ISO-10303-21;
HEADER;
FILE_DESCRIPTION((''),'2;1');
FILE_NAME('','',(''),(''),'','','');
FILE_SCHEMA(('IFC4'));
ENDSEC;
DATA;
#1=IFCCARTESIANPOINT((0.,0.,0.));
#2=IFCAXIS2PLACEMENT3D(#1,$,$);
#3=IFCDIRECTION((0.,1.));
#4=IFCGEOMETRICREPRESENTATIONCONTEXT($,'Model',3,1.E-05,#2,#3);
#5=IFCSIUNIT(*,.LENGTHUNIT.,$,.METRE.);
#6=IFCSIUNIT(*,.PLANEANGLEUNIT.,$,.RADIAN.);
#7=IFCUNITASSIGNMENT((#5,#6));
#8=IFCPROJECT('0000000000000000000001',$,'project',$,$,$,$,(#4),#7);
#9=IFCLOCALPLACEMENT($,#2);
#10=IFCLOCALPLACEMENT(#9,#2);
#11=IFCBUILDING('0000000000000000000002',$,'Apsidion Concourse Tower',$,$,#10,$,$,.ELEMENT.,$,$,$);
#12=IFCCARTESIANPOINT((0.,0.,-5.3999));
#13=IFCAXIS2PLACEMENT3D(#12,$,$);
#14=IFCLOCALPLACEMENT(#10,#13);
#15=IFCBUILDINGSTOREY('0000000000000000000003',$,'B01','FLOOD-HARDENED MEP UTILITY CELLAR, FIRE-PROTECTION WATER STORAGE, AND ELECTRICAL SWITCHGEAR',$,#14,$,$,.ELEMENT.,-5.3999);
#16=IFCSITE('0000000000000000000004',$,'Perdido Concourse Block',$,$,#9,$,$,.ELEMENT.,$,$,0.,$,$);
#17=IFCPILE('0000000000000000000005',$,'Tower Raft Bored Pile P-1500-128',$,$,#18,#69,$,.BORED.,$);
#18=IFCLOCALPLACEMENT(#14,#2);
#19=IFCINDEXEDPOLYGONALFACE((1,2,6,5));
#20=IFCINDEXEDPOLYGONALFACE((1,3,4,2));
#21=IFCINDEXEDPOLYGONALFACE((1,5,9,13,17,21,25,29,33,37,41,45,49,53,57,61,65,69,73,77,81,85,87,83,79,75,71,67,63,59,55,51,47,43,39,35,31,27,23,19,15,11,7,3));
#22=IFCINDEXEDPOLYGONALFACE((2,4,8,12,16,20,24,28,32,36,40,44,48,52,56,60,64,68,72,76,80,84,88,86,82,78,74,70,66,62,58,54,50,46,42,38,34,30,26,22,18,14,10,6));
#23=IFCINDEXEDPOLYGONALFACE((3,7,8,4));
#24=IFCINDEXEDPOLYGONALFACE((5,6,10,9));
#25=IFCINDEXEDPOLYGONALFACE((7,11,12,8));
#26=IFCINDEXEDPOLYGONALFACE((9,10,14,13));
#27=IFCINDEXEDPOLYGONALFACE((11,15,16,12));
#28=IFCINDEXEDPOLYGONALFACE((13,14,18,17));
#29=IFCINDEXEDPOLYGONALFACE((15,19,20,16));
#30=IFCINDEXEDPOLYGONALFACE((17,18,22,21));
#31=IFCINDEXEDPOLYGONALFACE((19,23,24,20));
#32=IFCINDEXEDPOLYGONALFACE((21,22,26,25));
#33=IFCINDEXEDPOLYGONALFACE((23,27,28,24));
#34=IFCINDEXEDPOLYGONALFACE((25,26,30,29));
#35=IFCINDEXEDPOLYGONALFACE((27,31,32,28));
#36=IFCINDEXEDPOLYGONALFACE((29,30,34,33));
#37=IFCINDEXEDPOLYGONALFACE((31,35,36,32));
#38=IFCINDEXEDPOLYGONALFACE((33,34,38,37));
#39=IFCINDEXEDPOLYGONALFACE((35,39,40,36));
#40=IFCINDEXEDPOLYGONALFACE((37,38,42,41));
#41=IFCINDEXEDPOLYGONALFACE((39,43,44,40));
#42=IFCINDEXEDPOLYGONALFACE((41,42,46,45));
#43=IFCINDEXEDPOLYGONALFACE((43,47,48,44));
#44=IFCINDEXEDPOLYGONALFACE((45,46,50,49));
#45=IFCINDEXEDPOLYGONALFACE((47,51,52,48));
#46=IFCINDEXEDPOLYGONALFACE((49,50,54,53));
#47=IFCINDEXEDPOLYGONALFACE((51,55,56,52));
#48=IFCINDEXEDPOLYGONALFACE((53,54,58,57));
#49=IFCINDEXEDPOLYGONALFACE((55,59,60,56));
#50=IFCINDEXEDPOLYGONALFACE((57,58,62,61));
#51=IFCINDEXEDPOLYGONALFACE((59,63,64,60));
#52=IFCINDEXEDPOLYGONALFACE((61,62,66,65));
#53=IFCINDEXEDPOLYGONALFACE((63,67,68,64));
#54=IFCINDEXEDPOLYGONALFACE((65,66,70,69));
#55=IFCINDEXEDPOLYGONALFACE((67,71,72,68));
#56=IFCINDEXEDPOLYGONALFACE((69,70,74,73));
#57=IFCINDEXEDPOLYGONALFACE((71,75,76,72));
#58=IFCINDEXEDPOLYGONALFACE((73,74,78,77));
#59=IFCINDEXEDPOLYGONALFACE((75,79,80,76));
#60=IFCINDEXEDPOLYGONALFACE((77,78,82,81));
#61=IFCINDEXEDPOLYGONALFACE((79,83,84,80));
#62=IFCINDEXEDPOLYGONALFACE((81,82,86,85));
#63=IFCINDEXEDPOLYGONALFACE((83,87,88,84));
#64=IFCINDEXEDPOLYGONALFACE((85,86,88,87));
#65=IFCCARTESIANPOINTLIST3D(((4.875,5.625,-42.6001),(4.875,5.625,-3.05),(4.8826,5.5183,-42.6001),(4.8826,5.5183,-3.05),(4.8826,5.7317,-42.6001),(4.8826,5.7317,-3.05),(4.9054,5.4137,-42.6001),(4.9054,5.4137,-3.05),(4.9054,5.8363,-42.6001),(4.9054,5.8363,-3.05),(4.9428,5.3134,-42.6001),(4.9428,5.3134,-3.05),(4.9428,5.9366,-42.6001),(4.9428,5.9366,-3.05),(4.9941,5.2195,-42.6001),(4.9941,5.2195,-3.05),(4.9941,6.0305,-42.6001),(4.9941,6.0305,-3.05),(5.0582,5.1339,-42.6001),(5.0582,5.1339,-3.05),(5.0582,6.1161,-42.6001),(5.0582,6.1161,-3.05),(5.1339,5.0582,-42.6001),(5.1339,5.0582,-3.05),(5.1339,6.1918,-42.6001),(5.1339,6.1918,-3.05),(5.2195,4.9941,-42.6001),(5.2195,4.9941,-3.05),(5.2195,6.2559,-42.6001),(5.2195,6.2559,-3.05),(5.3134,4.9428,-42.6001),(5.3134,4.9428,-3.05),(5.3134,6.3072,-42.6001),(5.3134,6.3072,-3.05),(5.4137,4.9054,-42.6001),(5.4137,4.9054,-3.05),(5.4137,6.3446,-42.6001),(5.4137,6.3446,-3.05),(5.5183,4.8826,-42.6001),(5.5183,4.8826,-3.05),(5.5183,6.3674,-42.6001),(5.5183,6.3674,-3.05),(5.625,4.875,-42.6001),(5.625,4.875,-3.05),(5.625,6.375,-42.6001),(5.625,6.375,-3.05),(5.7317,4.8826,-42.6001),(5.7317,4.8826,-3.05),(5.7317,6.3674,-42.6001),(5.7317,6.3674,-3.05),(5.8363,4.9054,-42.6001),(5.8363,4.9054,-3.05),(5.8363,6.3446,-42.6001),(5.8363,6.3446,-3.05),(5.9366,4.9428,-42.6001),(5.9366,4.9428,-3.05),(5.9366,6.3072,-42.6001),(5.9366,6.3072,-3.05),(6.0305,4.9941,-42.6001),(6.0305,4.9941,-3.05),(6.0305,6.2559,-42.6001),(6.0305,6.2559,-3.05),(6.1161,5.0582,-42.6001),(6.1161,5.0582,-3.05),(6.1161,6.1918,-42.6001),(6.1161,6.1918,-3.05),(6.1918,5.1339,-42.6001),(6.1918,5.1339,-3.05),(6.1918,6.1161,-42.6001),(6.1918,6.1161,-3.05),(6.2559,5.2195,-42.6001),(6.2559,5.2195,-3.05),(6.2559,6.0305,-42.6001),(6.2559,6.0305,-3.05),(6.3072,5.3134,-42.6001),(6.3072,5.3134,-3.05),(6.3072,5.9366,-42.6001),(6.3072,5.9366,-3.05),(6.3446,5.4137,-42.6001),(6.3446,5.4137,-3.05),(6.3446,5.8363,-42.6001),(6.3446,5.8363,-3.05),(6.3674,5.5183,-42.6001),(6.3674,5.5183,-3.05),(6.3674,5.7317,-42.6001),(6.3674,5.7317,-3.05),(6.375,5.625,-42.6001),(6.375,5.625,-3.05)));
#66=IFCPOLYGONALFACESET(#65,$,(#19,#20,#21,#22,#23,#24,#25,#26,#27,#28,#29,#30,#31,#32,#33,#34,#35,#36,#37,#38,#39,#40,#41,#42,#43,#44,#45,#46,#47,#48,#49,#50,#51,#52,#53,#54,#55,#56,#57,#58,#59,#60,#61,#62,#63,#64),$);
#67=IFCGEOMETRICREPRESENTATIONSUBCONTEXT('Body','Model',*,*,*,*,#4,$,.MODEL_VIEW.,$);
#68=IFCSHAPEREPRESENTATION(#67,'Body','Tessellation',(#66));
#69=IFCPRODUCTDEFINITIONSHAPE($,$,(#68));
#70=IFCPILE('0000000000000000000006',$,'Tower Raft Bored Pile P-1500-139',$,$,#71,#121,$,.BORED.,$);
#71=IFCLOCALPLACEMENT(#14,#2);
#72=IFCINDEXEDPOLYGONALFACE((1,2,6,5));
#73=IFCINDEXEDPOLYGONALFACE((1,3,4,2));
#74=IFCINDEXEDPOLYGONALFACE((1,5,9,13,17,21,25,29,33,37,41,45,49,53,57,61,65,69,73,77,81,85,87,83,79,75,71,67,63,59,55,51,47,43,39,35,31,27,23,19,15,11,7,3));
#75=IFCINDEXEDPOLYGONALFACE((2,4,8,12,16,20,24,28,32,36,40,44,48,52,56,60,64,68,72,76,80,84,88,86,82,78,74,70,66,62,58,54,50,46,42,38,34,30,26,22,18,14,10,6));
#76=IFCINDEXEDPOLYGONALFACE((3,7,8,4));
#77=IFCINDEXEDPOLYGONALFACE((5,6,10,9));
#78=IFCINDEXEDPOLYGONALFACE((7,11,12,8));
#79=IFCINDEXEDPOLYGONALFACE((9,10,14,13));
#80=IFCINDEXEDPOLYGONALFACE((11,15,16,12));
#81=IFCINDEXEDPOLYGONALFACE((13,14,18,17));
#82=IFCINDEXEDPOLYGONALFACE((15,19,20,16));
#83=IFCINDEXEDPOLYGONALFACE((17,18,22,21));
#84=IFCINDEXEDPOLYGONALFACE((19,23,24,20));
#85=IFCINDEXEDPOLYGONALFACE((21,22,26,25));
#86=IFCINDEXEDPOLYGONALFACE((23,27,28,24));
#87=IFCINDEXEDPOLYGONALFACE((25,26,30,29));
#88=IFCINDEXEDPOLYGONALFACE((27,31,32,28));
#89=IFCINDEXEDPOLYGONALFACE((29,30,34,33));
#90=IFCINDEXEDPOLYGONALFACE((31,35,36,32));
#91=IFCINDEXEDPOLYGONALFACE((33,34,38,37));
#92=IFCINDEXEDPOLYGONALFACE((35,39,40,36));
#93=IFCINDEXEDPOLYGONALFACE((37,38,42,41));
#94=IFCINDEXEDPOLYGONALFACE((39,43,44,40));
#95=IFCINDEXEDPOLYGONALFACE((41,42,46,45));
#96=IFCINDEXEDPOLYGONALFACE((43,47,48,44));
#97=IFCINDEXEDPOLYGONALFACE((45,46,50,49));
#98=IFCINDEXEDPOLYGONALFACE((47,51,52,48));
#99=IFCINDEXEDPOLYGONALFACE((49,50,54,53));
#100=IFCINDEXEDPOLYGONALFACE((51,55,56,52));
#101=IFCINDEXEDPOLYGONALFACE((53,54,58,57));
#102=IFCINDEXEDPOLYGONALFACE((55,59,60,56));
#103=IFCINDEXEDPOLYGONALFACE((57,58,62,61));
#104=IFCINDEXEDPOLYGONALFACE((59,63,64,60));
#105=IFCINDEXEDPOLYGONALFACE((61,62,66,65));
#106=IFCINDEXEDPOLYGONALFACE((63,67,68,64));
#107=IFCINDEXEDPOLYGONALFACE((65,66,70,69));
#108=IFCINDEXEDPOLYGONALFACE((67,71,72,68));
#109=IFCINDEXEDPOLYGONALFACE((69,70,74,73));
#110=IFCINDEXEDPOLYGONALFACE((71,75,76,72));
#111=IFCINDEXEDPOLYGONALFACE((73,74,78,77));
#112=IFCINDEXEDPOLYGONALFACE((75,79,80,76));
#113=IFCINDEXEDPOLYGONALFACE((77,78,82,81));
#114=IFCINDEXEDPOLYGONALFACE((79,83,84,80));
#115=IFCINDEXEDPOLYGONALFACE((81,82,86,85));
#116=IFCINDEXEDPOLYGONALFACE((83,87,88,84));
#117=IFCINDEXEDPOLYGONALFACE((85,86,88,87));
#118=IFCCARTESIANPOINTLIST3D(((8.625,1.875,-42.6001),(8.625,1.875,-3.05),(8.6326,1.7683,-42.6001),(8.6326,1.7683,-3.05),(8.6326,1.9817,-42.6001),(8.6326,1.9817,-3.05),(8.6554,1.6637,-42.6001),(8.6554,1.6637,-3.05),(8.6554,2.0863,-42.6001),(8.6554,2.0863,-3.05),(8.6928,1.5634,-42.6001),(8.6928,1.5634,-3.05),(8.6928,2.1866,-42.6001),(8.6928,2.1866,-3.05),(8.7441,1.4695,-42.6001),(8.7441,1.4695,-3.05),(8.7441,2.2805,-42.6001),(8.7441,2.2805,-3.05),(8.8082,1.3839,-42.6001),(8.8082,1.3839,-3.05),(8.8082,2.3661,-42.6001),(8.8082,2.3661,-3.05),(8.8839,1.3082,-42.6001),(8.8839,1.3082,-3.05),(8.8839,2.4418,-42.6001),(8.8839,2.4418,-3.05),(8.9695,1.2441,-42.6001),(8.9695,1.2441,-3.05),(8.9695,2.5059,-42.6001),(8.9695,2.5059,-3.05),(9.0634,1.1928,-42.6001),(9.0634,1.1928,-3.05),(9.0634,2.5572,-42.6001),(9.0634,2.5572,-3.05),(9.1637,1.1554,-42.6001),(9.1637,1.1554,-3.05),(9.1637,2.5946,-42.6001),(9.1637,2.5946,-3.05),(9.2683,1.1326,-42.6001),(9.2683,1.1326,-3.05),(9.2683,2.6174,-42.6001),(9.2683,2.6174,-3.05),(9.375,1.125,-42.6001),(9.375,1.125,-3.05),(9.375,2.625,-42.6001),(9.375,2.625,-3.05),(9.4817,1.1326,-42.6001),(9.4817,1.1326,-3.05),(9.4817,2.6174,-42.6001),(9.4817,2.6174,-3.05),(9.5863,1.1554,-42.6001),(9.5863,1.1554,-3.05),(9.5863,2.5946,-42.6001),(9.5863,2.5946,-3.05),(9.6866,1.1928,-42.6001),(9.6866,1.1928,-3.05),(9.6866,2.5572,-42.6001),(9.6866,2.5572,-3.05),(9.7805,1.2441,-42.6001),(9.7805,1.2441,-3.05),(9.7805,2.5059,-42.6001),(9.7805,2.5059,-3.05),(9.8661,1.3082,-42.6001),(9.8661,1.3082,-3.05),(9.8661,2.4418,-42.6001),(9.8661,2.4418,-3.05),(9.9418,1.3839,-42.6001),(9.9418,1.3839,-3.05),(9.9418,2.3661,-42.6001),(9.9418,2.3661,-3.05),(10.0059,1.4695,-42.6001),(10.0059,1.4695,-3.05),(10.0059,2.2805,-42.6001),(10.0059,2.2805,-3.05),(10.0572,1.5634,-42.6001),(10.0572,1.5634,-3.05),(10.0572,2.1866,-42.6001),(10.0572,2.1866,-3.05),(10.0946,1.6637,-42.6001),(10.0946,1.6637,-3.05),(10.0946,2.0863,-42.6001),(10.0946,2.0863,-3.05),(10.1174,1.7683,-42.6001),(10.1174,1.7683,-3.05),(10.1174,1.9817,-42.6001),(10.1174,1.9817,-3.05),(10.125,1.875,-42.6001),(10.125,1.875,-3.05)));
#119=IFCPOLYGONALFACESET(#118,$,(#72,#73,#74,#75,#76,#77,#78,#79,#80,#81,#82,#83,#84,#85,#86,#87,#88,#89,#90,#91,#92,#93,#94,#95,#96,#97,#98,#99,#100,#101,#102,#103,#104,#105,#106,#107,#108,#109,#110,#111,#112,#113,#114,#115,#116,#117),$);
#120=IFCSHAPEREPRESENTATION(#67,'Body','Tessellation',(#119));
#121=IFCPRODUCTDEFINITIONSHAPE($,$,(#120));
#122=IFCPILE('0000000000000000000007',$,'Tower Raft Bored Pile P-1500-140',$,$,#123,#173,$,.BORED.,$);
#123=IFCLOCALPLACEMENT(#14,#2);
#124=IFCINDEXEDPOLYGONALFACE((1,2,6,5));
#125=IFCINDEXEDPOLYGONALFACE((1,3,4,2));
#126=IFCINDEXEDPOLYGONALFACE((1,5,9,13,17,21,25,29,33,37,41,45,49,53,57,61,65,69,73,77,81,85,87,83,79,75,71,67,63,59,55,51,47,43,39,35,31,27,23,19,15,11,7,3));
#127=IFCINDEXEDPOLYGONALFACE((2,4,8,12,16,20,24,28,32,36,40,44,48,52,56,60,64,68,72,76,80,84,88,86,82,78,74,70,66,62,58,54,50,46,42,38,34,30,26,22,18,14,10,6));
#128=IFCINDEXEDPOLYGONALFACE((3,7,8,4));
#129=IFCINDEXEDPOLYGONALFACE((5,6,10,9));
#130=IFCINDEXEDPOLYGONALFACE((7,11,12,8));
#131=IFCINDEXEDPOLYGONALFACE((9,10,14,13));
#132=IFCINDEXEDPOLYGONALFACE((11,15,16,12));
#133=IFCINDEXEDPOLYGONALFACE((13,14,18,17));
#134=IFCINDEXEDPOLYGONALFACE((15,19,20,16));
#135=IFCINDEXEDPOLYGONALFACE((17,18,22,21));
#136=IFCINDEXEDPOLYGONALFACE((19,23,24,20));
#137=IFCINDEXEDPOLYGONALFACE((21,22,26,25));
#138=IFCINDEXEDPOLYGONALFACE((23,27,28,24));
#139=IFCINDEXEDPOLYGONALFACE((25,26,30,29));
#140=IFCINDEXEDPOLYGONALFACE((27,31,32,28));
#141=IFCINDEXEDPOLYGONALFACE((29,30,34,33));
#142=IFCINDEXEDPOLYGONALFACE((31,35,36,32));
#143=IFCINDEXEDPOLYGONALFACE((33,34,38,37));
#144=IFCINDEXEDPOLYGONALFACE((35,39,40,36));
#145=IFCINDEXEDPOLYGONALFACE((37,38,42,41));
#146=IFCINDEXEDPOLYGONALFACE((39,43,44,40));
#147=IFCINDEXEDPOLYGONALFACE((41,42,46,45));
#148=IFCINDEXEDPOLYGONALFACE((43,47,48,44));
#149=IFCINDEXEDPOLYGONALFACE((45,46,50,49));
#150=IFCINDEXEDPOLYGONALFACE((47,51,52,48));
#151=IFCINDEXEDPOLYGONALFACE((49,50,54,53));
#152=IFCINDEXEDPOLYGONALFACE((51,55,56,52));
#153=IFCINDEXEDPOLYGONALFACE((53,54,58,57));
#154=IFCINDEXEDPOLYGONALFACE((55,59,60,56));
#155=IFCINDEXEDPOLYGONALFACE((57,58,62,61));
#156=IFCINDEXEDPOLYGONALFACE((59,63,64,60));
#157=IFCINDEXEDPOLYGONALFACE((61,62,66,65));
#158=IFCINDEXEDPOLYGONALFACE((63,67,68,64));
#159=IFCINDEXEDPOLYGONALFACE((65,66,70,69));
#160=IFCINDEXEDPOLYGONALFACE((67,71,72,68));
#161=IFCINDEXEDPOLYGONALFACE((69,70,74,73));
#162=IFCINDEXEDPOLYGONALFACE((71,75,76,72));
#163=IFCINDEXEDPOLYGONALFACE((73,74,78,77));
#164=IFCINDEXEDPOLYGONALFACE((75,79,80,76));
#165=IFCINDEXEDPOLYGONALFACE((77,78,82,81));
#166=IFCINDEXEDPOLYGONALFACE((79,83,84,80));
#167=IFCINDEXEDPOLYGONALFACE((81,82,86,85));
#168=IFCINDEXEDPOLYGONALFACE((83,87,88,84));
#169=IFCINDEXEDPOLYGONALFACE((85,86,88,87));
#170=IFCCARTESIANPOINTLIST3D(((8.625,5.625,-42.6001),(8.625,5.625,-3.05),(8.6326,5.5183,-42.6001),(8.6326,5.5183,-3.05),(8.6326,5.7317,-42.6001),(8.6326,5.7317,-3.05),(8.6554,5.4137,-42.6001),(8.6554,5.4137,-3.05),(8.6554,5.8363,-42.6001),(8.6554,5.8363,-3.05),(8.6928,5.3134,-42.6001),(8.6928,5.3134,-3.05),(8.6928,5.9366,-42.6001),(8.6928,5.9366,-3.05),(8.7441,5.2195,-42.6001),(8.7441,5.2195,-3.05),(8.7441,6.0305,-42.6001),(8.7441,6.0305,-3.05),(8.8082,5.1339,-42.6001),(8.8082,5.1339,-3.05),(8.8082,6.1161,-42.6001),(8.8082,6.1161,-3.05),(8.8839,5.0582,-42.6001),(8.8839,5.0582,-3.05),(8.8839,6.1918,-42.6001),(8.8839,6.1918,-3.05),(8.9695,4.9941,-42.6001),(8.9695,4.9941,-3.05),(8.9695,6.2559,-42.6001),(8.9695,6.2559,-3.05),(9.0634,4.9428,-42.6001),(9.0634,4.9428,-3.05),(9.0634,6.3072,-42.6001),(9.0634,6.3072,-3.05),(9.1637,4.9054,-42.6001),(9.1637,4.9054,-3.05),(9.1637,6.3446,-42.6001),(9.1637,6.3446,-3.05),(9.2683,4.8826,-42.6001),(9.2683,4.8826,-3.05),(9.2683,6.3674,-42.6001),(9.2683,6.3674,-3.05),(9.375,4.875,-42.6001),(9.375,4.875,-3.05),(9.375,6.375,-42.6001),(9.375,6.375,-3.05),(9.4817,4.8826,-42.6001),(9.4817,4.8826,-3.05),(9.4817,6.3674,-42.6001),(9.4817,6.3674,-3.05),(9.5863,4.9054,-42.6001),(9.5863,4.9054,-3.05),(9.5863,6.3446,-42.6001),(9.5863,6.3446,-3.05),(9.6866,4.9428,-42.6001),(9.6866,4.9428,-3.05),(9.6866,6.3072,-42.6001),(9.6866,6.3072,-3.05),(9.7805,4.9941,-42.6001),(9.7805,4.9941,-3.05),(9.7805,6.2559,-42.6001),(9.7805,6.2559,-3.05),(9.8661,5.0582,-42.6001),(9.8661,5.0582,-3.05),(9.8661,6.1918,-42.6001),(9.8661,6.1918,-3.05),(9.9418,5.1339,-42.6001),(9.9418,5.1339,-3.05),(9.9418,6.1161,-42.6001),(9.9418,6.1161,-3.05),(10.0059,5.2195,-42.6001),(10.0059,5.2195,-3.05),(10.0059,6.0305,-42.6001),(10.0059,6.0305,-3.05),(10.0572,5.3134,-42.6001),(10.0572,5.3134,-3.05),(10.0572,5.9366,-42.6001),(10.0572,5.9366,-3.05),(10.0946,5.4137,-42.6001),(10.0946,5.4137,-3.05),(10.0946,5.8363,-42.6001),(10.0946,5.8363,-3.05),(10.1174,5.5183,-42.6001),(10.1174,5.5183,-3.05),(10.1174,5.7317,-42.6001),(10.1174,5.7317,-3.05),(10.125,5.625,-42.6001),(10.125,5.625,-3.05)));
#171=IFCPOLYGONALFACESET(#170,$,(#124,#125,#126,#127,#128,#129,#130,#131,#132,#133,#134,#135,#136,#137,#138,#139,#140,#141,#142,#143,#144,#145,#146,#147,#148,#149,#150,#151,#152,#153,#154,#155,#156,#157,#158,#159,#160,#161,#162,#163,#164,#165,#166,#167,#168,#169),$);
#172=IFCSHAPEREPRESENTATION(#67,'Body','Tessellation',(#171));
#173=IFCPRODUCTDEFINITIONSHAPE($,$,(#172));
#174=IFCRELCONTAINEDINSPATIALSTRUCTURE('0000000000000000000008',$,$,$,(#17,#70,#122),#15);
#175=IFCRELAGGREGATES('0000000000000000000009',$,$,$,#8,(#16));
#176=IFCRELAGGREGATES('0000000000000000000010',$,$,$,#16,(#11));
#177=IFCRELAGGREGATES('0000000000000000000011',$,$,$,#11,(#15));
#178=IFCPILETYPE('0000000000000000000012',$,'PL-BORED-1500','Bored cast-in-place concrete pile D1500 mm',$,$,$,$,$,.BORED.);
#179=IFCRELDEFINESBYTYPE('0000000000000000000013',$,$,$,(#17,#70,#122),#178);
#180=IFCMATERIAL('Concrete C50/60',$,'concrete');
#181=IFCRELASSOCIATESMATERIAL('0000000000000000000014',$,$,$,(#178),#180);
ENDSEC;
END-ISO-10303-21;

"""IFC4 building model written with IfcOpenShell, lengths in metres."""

from ifc_helpers import new_model, si_unit, direction, frame, origin, origin_2d, place, context, subcontext, project, spatial, circle, extrude, material, material_profile, profile_set, type_object, element, save


model = new_model("IFC4")

# Units and contexts
model_context = context("Model", 3, precision=1e-05, world=origin(), true_north=direction((0.0, 1.0)))
body_context = subcontext(model_context, "Body", "Model", "MODEL_VIEW")
ifc_project = project(units=[si_unit("LENGTHUNIT", "METRE"), si_unit("PLANEANGLEUNIT", "RADIAN")], contexts=[model_context])

# Site, building, storey
site_placement = place(None, origin())
site = spatial("IfcSite", under=ifc_project, at=site_placement, Name="Perdido Concourse Block", CompositionType="ELEMENT", RefElevation=0.0)
building_placement = place(site_placement, origin())
building = spatial("IfcBuilding", under=site, at=building_placement, Name="Apsidion Concourse Tower", CompositionType="ELEMENT")
storey_placement = place(building_placement, frame((0.0, 0.0, -5.3999)))
storey = spatial("IfcBuildingStorey", under=building, at=storey_placement, Name="B01", Description="FLOOD-HARDENED MEP UTILITY CELLAR, FIRE-PROTECTION WATER STORAGE, AND ELECTRICAL SWITCHGEAR", CompositionType="ELEMENT", Elevation=-5.3999)

# Piles
ifc_material_1 = material(Name="Concrete C50/60", Category="concrete")
ifc_material_profile_1 = material_profile(ifc_material_1, circle(Radius=0.75, at=origin_2d()), Name="BORED PILE D1500")
ifc_profile_set_1 = profile_set([ifc_material_profile_1], Name="Concrete C50/60")
pile_type = type_object("IfcPileType", Name="PL-BORED-1500", Description="Bored cast-in-place concrete pile D1500 mm", PredefinedType="BORED", material=ifc_profile_set_1)
for number, where, z_axis, x_axis, name in (
    (1, (5.625, 5.625, -3.05), (0.0, 0.0, -1.0), (1.0, 0.0, 0.0), "Tower Raft Bored Pile P-1500-128"),
    (2, (9.375, 1.875, -3.05), (0.0, 0.0, -1.0), (1.0, 0.0, 0.0), "Tower Raft Bored Pile P-1500-139"),
    (3, (9.375, 5.625, -3.05), (0.0, 0.0, -1.0), (1.0, 0.0, 0.0), "Tower Raft Bored Pile P-1500-140"),
):
    element("IfcPile", number, at=place(storey_placement, frame(where, z_axis=z_axis, x_axis=x_axis)), inside=storey, type_object=pile_type, Name=name, PredefinedType="BORED", context=body_context, shape_type="SweptSolid", body=[
        extrude(circle(Radius=0.75, at=origin_2d()), origin(), (0.0, 0.0, 1.0), 39.55),
    ])

save(model, "model.ifc")
